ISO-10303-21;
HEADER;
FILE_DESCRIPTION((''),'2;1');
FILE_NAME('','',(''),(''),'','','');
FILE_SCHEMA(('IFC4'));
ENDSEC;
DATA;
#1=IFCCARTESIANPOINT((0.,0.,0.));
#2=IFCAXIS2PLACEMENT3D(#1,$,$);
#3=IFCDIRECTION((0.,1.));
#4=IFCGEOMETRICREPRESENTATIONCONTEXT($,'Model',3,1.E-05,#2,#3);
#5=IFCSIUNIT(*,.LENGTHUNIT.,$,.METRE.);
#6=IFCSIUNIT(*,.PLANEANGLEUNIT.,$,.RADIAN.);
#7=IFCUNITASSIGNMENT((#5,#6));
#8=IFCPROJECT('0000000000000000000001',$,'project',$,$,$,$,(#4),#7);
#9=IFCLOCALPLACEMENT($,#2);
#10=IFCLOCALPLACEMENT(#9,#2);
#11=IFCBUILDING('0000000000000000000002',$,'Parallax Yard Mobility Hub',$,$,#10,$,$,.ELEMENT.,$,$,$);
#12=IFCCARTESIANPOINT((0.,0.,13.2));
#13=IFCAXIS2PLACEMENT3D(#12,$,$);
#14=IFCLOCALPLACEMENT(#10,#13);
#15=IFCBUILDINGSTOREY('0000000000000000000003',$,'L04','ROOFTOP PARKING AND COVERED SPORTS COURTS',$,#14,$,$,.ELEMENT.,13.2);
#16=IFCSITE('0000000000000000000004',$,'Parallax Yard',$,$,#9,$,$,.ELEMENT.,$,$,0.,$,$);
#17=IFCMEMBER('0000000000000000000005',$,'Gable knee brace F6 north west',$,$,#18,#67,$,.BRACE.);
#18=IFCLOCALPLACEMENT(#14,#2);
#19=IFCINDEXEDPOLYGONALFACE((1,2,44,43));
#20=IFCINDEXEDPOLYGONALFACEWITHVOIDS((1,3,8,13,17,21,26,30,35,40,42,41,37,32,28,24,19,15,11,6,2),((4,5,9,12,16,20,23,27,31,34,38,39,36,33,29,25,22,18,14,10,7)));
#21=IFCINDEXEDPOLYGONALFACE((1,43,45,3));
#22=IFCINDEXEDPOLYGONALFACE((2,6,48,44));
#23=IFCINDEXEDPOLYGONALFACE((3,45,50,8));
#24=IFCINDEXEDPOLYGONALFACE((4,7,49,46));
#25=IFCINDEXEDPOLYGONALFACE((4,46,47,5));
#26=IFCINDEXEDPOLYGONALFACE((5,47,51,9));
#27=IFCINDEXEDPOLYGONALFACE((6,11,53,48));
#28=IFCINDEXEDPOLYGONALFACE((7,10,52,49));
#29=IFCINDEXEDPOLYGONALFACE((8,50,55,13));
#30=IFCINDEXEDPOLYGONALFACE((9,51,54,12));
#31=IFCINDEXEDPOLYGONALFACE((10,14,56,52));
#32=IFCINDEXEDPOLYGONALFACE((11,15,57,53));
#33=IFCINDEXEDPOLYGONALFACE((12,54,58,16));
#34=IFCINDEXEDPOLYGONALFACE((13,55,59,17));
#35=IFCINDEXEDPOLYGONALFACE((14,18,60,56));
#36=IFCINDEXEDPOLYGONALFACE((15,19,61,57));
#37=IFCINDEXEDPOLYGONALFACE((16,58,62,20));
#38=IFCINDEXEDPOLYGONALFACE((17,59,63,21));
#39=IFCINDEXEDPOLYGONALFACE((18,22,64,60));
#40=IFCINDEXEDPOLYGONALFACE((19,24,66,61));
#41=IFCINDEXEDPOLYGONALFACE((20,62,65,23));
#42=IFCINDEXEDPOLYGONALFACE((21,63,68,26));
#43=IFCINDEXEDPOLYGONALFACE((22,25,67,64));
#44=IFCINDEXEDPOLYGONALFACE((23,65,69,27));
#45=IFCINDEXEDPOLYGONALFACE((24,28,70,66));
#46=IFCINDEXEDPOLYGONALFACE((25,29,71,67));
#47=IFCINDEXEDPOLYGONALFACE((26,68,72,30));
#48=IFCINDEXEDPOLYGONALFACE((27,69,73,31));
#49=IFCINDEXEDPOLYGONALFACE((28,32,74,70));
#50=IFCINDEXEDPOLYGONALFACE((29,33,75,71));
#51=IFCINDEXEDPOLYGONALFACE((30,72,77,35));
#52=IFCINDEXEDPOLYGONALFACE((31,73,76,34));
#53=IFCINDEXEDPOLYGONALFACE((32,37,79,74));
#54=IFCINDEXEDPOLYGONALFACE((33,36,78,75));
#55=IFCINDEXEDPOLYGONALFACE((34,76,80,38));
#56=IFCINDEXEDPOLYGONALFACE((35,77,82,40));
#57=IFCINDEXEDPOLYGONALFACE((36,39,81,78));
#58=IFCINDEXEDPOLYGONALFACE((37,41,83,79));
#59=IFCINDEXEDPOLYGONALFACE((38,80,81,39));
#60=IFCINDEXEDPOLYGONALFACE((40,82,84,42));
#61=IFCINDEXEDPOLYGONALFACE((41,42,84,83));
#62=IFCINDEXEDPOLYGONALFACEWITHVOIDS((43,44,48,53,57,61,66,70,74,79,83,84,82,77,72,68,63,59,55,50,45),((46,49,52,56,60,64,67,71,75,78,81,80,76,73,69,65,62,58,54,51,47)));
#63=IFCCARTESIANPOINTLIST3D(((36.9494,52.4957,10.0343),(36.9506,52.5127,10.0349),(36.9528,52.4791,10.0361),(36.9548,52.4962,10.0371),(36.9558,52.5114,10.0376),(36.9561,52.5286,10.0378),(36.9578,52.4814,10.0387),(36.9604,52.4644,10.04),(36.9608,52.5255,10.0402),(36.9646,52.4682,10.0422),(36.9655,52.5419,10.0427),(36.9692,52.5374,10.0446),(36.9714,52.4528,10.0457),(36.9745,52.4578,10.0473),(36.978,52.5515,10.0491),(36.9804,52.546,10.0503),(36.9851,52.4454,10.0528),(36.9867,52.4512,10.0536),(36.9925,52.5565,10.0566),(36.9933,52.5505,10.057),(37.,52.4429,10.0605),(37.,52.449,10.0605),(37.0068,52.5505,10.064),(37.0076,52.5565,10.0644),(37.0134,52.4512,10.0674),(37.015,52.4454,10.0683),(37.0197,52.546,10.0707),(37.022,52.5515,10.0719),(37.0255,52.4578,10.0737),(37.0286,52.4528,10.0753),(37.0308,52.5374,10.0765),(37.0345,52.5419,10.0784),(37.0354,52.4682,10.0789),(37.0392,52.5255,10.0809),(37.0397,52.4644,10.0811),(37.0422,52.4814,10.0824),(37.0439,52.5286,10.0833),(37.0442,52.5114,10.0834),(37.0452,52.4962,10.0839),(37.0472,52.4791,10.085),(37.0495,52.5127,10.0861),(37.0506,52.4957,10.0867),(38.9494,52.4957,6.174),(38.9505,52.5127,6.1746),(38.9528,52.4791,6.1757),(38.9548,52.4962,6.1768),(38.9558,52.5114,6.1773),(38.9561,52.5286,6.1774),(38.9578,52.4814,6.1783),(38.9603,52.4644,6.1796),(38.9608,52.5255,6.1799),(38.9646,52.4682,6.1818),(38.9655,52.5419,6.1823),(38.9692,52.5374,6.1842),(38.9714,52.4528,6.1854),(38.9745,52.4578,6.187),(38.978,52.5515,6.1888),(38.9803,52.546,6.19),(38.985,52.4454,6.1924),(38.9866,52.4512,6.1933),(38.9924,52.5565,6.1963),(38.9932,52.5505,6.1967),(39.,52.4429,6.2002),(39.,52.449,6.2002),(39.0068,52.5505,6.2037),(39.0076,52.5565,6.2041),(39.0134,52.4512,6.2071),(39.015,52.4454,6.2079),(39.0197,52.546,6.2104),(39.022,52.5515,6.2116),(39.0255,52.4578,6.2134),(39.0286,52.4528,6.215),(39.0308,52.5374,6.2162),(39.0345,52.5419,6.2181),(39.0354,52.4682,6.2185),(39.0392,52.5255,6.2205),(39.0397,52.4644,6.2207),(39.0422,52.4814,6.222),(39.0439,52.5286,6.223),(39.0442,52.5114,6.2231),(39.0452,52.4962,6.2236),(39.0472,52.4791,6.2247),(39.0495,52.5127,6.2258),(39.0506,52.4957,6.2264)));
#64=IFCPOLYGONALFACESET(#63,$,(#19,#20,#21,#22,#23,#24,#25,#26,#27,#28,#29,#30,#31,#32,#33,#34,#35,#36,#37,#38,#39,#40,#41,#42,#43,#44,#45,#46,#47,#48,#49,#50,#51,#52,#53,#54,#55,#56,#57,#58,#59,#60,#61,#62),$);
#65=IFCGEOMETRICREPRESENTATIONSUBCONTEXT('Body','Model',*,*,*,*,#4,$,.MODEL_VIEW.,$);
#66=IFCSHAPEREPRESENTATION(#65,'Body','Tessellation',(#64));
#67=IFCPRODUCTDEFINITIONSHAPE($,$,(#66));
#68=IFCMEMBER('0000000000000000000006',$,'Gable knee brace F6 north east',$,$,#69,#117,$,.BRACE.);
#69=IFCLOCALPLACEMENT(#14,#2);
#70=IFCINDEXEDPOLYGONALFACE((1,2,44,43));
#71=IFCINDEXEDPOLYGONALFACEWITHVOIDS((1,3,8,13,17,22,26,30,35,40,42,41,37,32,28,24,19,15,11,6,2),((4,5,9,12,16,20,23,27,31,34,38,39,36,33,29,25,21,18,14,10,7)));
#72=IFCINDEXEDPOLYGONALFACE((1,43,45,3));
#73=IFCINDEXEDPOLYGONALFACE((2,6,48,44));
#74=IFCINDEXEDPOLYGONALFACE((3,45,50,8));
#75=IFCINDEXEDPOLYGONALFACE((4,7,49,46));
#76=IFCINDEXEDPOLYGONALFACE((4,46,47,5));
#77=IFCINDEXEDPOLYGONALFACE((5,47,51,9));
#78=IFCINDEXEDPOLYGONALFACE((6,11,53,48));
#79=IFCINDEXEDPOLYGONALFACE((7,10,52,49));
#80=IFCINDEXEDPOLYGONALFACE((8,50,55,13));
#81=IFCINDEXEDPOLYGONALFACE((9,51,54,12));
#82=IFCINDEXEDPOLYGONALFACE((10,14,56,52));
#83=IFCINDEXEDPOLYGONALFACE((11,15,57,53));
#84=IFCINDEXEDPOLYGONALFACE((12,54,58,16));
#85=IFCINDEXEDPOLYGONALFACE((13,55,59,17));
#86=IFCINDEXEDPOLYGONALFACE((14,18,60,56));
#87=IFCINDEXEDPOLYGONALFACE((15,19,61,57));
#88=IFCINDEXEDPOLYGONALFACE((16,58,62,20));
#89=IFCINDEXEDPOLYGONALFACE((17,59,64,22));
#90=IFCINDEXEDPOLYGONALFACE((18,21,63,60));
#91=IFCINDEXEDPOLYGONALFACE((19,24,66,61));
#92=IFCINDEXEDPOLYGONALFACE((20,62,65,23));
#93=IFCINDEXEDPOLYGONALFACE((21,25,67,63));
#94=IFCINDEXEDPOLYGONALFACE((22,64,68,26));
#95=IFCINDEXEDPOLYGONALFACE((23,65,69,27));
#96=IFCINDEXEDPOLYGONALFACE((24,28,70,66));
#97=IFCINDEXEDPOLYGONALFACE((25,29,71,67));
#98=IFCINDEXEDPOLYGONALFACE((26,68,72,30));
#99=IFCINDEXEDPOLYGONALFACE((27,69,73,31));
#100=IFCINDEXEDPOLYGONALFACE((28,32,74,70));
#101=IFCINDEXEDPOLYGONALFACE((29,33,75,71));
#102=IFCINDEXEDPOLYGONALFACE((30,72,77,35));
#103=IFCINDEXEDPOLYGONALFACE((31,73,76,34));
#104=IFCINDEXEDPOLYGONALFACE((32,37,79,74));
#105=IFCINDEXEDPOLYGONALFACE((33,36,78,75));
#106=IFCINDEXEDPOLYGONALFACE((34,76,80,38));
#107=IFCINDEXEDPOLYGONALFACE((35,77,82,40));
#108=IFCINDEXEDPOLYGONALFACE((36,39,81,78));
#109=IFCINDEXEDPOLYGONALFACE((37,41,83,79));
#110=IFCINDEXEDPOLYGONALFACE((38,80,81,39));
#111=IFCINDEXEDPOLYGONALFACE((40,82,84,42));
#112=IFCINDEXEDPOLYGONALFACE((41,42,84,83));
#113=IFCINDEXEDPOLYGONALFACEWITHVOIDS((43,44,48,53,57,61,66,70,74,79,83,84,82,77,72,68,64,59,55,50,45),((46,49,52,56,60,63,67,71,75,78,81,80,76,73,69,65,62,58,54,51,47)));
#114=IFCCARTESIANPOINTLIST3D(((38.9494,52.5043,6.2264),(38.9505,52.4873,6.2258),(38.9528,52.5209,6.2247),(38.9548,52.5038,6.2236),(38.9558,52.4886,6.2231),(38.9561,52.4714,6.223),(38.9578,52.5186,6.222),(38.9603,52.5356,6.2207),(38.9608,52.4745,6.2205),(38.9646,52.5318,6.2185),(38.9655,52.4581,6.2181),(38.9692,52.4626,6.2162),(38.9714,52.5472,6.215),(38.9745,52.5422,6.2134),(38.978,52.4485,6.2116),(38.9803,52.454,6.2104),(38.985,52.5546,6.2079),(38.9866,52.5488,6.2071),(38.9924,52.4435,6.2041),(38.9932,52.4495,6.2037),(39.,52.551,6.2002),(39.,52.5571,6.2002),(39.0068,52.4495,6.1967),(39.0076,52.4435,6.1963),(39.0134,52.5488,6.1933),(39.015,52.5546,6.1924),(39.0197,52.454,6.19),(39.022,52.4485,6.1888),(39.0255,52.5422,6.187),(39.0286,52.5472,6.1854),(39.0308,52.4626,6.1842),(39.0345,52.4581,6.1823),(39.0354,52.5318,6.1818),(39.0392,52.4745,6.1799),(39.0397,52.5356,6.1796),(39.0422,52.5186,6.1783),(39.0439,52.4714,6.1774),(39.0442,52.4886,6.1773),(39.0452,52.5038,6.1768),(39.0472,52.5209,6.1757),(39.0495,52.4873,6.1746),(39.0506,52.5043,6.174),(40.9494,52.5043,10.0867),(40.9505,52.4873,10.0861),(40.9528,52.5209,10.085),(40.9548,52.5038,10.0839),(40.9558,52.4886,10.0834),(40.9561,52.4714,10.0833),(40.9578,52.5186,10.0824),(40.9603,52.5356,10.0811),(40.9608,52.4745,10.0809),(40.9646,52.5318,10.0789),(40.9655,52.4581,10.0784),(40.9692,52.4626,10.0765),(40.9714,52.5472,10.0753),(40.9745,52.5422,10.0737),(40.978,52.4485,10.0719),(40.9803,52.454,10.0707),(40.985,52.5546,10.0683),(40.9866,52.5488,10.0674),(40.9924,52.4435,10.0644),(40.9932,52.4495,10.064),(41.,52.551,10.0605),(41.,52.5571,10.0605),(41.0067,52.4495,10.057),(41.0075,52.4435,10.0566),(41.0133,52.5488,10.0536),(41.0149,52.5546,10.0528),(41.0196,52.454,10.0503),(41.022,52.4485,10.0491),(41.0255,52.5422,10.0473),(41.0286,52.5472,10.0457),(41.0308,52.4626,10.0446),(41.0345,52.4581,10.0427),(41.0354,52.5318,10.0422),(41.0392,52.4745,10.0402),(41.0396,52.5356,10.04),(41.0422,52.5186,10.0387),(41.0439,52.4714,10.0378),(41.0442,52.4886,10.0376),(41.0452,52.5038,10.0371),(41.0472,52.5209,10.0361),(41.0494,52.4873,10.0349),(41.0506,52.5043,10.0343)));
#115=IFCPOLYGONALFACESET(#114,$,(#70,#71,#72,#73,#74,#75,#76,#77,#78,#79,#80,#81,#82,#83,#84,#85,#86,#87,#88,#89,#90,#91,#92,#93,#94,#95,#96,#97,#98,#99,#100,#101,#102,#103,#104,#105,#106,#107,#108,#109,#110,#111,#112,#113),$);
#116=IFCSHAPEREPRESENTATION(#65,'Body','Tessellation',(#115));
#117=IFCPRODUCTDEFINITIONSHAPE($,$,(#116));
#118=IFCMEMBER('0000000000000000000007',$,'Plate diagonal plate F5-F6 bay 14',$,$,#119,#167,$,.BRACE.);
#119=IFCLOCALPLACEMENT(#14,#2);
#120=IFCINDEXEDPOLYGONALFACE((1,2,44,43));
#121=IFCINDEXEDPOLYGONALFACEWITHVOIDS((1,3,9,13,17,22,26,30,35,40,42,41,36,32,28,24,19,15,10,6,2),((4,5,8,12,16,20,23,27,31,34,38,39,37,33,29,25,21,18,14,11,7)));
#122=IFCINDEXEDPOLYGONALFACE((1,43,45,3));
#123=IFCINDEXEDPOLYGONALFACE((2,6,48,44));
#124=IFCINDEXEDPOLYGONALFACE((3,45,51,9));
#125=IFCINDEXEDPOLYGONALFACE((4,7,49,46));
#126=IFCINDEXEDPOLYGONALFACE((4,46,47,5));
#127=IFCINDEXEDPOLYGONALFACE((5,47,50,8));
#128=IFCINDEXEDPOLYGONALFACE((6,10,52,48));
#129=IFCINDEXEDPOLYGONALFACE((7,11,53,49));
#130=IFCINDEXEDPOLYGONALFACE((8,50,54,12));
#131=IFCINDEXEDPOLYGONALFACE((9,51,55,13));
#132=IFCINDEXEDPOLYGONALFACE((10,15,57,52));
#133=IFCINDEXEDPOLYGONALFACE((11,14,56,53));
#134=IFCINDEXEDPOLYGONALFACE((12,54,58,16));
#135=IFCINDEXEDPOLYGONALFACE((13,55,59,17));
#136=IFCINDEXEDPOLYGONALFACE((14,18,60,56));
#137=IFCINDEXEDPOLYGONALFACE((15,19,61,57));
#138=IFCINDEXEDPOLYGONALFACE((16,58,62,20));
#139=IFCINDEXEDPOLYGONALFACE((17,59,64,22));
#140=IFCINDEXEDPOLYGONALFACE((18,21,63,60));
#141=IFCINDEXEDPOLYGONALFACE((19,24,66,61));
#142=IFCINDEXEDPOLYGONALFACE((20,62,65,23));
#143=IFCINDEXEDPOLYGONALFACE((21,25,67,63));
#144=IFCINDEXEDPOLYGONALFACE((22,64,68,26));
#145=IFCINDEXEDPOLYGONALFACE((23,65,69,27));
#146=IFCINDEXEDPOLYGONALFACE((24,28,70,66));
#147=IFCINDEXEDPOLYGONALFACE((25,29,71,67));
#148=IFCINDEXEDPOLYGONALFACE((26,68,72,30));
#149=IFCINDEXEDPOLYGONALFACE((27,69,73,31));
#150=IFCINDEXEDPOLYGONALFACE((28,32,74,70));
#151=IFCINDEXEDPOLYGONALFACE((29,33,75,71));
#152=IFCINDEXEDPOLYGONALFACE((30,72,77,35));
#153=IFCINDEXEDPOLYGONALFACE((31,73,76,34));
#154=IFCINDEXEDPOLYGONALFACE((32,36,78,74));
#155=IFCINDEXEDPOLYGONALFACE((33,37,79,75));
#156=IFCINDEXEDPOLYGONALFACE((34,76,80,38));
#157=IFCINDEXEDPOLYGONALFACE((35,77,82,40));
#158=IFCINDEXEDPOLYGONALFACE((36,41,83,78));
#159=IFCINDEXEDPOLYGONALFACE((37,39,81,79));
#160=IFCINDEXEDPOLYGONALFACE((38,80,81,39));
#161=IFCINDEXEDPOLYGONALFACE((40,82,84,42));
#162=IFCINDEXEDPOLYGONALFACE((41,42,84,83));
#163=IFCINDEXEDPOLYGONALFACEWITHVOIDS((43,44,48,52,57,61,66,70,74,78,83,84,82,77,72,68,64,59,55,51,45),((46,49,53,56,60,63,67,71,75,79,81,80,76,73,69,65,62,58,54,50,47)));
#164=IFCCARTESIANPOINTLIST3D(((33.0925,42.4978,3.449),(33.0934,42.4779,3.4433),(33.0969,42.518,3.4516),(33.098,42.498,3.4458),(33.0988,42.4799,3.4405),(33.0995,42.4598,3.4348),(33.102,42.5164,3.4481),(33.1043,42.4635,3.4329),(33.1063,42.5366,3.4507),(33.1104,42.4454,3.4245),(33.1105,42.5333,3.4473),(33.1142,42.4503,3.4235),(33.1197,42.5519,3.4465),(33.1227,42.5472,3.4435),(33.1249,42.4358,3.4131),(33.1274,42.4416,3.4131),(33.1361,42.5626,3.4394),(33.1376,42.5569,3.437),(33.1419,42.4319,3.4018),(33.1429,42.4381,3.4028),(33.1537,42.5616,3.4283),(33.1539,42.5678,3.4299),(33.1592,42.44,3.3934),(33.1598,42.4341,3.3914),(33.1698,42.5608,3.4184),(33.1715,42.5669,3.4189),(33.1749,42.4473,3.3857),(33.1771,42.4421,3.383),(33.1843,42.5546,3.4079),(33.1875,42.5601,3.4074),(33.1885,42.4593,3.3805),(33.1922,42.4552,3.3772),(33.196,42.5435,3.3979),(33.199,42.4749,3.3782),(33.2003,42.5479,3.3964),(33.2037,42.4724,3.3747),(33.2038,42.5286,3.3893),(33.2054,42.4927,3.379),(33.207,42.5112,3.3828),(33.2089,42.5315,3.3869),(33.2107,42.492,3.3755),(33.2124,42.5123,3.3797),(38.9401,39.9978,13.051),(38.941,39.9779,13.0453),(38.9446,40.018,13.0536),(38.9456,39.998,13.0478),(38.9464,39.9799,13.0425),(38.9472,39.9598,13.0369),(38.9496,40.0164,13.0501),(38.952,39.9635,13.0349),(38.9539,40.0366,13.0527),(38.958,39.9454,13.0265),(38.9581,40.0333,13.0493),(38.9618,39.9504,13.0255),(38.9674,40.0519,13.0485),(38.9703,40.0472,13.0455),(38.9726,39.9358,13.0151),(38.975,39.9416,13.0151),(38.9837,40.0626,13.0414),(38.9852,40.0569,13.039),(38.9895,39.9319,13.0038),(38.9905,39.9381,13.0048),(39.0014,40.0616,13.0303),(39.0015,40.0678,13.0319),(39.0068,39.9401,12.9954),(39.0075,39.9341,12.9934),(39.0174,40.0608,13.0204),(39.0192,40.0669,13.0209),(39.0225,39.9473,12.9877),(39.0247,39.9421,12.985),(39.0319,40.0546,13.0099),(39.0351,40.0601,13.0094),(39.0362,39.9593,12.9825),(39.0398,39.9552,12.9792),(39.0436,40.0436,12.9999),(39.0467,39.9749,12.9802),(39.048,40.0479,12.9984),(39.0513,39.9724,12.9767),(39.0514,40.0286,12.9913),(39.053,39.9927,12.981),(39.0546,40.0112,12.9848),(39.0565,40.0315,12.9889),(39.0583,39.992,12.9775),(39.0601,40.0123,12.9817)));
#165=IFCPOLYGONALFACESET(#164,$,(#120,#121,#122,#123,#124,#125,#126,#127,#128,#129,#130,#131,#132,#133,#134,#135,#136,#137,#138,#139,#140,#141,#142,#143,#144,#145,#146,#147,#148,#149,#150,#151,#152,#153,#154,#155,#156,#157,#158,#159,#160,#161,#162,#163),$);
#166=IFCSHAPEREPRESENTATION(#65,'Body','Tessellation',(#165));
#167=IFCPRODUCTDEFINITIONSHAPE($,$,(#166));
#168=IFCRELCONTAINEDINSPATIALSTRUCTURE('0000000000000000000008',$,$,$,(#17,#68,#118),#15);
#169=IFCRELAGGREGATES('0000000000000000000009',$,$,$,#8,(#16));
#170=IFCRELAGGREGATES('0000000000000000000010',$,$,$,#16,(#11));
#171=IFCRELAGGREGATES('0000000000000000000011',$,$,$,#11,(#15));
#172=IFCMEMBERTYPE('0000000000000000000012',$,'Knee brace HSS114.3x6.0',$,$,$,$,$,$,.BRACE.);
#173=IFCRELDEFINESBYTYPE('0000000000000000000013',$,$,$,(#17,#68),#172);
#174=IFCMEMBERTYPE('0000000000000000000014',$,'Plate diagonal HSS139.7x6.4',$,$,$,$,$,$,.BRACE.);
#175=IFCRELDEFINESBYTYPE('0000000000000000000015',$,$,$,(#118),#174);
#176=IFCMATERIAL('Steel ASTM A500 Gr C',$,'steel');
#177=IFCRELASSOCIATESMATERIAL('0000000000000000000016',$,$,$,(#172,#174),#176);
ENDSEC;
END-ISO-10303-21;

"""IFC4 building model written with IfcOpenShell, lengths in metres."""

from ifc_helpers import new_model, si_unit, direction, frame, origin, origin_2d, place, context, subcontext, project, spatial, hollow_circle, extrude, material, material_profile, profile_set, type_object, element, save


model = new_model("IFC4")

# Units and contexts
model_context = context("Model", 3, precision=1e-05, world=origin(), true_north=direction((0.0, 1.0)))
body_context = subcontext(model_context, "Body", "Model", "MODEL_VIEW")
ifc_project = project(units=[si_unit("LENGTHUNIT", "METRE"), si_unit("PLANEANGLEUNIT", "RADIAN")], contexts=[model_context])

# Site, building, storey
site_placement = place(None, origin())
site = spatial("IfcSite", under=ifc_project, at=site_placement, Name="Parallax Yard", CompositionType="ELEMENT", RefElevation=0.0)
building_placement = place(site_placement, origin())
building = spatial("IfcBuilding", under=site, at=building_placement, Name="Parallax Yard Mobility Hub", CompositionType="ELEMENT")
storey_placement = place(building_placement, frame((0.0, 0.0, 13.2)))
storey = spatial("IfcBuildingStorey", under=building, at=storey_placement, Name="L04", Description="ROOFTOP PARKING AND COVERED SPORTS COURTS", CompositionType="ELEMENT", Elevation=13.2)

# Members
ifc_material_1 = material(Name="Steel ASTM A500 Gr C", Category="steel")
ifc_material_profile_1 = material_profile(ifc_material_1, hollow_circle(Radius=0.0571, WallThickness=0.0061, at=origin_2d()), Name="HSS114.3x6.0")
ifc_profile_set_1 = profile_set([ifc_material_profile_1], Name="Steel ASTM A500 Gr C")
member_type_1 = type_object("IfcMemberType", Name="Knee brace HSS114.3x6.0", PredefinedType="BRACE", material=ifc_profile_set_1)
for number, where, z_axis, x_axis, name in (
    (1, (39.0, 52.5, 6.2002), (-0.460016, 0.0, 0.887911), (0.0, -1.0, 0.0), "Gable knee brace F6 north west"),
    (2, (39.0, 52.5, 6.2002), (0.460016, 0.0, 0.887911), (0.0, 1.0, 0.0), "Gable knee brace F6 north east"),
):
    element("IfcMember", number, at=place(storey_placement, frame(where, z_axis=z_axis, x_axis=x_axis)), inside=storey, type_object=member_type_1, Name=name, PredefinedType="BRACE", context=body_context, shape_type="SweptSolid", body=[
        extrude(hollow_circle(Radius=0.0571, WallThickness=0.0061, at=origin_2d()), origin(), (0.0, 0.0, 1.0), 4.3477),
    ])
ifc_material_profile_2 = material_profile(ifc_material_1, hollow_circle(Radius=0.0698, WallThickness=0.0063, at=origin_2d()), Name="HSS139.7x6.4")
ifc_profile_set_2 = profile_set([ifc_material_profile_2], Name="Steel ASTM A500 Gr C")
member_type_2 = type_object("IfcMemberType", Name="Plate diagonal HSS139.7x6.4", PredefinedType="BRACE", material=ifc_profile_set_2)
for number, where, z_axis, x_axis, name in (
    (3, (39.0, 40.0, 13.0151), (-0.507735, 0.217068, -0.833718), (-0.393104, -0.919494, 0.0), "Plate diagonal plate F5-F6 bay 14"),
):
    element("IfcMember", number, at=place(storey_placement, frame(where, z_axis=z_axis, x_axis=x_axis)), inside=storey, type_object=member_type_2, Name=name, PredefinedType="BRACE", context=body_context, shape_type="SweptSolid", body=[
        extrude(hollow_circle(Radius=0.0698, WallThickness=0.0063, at=origin_2d()), origin(), (0.0, 0.0, 1.0), 11.5171),
    ])

save(model, "model.ifc")
